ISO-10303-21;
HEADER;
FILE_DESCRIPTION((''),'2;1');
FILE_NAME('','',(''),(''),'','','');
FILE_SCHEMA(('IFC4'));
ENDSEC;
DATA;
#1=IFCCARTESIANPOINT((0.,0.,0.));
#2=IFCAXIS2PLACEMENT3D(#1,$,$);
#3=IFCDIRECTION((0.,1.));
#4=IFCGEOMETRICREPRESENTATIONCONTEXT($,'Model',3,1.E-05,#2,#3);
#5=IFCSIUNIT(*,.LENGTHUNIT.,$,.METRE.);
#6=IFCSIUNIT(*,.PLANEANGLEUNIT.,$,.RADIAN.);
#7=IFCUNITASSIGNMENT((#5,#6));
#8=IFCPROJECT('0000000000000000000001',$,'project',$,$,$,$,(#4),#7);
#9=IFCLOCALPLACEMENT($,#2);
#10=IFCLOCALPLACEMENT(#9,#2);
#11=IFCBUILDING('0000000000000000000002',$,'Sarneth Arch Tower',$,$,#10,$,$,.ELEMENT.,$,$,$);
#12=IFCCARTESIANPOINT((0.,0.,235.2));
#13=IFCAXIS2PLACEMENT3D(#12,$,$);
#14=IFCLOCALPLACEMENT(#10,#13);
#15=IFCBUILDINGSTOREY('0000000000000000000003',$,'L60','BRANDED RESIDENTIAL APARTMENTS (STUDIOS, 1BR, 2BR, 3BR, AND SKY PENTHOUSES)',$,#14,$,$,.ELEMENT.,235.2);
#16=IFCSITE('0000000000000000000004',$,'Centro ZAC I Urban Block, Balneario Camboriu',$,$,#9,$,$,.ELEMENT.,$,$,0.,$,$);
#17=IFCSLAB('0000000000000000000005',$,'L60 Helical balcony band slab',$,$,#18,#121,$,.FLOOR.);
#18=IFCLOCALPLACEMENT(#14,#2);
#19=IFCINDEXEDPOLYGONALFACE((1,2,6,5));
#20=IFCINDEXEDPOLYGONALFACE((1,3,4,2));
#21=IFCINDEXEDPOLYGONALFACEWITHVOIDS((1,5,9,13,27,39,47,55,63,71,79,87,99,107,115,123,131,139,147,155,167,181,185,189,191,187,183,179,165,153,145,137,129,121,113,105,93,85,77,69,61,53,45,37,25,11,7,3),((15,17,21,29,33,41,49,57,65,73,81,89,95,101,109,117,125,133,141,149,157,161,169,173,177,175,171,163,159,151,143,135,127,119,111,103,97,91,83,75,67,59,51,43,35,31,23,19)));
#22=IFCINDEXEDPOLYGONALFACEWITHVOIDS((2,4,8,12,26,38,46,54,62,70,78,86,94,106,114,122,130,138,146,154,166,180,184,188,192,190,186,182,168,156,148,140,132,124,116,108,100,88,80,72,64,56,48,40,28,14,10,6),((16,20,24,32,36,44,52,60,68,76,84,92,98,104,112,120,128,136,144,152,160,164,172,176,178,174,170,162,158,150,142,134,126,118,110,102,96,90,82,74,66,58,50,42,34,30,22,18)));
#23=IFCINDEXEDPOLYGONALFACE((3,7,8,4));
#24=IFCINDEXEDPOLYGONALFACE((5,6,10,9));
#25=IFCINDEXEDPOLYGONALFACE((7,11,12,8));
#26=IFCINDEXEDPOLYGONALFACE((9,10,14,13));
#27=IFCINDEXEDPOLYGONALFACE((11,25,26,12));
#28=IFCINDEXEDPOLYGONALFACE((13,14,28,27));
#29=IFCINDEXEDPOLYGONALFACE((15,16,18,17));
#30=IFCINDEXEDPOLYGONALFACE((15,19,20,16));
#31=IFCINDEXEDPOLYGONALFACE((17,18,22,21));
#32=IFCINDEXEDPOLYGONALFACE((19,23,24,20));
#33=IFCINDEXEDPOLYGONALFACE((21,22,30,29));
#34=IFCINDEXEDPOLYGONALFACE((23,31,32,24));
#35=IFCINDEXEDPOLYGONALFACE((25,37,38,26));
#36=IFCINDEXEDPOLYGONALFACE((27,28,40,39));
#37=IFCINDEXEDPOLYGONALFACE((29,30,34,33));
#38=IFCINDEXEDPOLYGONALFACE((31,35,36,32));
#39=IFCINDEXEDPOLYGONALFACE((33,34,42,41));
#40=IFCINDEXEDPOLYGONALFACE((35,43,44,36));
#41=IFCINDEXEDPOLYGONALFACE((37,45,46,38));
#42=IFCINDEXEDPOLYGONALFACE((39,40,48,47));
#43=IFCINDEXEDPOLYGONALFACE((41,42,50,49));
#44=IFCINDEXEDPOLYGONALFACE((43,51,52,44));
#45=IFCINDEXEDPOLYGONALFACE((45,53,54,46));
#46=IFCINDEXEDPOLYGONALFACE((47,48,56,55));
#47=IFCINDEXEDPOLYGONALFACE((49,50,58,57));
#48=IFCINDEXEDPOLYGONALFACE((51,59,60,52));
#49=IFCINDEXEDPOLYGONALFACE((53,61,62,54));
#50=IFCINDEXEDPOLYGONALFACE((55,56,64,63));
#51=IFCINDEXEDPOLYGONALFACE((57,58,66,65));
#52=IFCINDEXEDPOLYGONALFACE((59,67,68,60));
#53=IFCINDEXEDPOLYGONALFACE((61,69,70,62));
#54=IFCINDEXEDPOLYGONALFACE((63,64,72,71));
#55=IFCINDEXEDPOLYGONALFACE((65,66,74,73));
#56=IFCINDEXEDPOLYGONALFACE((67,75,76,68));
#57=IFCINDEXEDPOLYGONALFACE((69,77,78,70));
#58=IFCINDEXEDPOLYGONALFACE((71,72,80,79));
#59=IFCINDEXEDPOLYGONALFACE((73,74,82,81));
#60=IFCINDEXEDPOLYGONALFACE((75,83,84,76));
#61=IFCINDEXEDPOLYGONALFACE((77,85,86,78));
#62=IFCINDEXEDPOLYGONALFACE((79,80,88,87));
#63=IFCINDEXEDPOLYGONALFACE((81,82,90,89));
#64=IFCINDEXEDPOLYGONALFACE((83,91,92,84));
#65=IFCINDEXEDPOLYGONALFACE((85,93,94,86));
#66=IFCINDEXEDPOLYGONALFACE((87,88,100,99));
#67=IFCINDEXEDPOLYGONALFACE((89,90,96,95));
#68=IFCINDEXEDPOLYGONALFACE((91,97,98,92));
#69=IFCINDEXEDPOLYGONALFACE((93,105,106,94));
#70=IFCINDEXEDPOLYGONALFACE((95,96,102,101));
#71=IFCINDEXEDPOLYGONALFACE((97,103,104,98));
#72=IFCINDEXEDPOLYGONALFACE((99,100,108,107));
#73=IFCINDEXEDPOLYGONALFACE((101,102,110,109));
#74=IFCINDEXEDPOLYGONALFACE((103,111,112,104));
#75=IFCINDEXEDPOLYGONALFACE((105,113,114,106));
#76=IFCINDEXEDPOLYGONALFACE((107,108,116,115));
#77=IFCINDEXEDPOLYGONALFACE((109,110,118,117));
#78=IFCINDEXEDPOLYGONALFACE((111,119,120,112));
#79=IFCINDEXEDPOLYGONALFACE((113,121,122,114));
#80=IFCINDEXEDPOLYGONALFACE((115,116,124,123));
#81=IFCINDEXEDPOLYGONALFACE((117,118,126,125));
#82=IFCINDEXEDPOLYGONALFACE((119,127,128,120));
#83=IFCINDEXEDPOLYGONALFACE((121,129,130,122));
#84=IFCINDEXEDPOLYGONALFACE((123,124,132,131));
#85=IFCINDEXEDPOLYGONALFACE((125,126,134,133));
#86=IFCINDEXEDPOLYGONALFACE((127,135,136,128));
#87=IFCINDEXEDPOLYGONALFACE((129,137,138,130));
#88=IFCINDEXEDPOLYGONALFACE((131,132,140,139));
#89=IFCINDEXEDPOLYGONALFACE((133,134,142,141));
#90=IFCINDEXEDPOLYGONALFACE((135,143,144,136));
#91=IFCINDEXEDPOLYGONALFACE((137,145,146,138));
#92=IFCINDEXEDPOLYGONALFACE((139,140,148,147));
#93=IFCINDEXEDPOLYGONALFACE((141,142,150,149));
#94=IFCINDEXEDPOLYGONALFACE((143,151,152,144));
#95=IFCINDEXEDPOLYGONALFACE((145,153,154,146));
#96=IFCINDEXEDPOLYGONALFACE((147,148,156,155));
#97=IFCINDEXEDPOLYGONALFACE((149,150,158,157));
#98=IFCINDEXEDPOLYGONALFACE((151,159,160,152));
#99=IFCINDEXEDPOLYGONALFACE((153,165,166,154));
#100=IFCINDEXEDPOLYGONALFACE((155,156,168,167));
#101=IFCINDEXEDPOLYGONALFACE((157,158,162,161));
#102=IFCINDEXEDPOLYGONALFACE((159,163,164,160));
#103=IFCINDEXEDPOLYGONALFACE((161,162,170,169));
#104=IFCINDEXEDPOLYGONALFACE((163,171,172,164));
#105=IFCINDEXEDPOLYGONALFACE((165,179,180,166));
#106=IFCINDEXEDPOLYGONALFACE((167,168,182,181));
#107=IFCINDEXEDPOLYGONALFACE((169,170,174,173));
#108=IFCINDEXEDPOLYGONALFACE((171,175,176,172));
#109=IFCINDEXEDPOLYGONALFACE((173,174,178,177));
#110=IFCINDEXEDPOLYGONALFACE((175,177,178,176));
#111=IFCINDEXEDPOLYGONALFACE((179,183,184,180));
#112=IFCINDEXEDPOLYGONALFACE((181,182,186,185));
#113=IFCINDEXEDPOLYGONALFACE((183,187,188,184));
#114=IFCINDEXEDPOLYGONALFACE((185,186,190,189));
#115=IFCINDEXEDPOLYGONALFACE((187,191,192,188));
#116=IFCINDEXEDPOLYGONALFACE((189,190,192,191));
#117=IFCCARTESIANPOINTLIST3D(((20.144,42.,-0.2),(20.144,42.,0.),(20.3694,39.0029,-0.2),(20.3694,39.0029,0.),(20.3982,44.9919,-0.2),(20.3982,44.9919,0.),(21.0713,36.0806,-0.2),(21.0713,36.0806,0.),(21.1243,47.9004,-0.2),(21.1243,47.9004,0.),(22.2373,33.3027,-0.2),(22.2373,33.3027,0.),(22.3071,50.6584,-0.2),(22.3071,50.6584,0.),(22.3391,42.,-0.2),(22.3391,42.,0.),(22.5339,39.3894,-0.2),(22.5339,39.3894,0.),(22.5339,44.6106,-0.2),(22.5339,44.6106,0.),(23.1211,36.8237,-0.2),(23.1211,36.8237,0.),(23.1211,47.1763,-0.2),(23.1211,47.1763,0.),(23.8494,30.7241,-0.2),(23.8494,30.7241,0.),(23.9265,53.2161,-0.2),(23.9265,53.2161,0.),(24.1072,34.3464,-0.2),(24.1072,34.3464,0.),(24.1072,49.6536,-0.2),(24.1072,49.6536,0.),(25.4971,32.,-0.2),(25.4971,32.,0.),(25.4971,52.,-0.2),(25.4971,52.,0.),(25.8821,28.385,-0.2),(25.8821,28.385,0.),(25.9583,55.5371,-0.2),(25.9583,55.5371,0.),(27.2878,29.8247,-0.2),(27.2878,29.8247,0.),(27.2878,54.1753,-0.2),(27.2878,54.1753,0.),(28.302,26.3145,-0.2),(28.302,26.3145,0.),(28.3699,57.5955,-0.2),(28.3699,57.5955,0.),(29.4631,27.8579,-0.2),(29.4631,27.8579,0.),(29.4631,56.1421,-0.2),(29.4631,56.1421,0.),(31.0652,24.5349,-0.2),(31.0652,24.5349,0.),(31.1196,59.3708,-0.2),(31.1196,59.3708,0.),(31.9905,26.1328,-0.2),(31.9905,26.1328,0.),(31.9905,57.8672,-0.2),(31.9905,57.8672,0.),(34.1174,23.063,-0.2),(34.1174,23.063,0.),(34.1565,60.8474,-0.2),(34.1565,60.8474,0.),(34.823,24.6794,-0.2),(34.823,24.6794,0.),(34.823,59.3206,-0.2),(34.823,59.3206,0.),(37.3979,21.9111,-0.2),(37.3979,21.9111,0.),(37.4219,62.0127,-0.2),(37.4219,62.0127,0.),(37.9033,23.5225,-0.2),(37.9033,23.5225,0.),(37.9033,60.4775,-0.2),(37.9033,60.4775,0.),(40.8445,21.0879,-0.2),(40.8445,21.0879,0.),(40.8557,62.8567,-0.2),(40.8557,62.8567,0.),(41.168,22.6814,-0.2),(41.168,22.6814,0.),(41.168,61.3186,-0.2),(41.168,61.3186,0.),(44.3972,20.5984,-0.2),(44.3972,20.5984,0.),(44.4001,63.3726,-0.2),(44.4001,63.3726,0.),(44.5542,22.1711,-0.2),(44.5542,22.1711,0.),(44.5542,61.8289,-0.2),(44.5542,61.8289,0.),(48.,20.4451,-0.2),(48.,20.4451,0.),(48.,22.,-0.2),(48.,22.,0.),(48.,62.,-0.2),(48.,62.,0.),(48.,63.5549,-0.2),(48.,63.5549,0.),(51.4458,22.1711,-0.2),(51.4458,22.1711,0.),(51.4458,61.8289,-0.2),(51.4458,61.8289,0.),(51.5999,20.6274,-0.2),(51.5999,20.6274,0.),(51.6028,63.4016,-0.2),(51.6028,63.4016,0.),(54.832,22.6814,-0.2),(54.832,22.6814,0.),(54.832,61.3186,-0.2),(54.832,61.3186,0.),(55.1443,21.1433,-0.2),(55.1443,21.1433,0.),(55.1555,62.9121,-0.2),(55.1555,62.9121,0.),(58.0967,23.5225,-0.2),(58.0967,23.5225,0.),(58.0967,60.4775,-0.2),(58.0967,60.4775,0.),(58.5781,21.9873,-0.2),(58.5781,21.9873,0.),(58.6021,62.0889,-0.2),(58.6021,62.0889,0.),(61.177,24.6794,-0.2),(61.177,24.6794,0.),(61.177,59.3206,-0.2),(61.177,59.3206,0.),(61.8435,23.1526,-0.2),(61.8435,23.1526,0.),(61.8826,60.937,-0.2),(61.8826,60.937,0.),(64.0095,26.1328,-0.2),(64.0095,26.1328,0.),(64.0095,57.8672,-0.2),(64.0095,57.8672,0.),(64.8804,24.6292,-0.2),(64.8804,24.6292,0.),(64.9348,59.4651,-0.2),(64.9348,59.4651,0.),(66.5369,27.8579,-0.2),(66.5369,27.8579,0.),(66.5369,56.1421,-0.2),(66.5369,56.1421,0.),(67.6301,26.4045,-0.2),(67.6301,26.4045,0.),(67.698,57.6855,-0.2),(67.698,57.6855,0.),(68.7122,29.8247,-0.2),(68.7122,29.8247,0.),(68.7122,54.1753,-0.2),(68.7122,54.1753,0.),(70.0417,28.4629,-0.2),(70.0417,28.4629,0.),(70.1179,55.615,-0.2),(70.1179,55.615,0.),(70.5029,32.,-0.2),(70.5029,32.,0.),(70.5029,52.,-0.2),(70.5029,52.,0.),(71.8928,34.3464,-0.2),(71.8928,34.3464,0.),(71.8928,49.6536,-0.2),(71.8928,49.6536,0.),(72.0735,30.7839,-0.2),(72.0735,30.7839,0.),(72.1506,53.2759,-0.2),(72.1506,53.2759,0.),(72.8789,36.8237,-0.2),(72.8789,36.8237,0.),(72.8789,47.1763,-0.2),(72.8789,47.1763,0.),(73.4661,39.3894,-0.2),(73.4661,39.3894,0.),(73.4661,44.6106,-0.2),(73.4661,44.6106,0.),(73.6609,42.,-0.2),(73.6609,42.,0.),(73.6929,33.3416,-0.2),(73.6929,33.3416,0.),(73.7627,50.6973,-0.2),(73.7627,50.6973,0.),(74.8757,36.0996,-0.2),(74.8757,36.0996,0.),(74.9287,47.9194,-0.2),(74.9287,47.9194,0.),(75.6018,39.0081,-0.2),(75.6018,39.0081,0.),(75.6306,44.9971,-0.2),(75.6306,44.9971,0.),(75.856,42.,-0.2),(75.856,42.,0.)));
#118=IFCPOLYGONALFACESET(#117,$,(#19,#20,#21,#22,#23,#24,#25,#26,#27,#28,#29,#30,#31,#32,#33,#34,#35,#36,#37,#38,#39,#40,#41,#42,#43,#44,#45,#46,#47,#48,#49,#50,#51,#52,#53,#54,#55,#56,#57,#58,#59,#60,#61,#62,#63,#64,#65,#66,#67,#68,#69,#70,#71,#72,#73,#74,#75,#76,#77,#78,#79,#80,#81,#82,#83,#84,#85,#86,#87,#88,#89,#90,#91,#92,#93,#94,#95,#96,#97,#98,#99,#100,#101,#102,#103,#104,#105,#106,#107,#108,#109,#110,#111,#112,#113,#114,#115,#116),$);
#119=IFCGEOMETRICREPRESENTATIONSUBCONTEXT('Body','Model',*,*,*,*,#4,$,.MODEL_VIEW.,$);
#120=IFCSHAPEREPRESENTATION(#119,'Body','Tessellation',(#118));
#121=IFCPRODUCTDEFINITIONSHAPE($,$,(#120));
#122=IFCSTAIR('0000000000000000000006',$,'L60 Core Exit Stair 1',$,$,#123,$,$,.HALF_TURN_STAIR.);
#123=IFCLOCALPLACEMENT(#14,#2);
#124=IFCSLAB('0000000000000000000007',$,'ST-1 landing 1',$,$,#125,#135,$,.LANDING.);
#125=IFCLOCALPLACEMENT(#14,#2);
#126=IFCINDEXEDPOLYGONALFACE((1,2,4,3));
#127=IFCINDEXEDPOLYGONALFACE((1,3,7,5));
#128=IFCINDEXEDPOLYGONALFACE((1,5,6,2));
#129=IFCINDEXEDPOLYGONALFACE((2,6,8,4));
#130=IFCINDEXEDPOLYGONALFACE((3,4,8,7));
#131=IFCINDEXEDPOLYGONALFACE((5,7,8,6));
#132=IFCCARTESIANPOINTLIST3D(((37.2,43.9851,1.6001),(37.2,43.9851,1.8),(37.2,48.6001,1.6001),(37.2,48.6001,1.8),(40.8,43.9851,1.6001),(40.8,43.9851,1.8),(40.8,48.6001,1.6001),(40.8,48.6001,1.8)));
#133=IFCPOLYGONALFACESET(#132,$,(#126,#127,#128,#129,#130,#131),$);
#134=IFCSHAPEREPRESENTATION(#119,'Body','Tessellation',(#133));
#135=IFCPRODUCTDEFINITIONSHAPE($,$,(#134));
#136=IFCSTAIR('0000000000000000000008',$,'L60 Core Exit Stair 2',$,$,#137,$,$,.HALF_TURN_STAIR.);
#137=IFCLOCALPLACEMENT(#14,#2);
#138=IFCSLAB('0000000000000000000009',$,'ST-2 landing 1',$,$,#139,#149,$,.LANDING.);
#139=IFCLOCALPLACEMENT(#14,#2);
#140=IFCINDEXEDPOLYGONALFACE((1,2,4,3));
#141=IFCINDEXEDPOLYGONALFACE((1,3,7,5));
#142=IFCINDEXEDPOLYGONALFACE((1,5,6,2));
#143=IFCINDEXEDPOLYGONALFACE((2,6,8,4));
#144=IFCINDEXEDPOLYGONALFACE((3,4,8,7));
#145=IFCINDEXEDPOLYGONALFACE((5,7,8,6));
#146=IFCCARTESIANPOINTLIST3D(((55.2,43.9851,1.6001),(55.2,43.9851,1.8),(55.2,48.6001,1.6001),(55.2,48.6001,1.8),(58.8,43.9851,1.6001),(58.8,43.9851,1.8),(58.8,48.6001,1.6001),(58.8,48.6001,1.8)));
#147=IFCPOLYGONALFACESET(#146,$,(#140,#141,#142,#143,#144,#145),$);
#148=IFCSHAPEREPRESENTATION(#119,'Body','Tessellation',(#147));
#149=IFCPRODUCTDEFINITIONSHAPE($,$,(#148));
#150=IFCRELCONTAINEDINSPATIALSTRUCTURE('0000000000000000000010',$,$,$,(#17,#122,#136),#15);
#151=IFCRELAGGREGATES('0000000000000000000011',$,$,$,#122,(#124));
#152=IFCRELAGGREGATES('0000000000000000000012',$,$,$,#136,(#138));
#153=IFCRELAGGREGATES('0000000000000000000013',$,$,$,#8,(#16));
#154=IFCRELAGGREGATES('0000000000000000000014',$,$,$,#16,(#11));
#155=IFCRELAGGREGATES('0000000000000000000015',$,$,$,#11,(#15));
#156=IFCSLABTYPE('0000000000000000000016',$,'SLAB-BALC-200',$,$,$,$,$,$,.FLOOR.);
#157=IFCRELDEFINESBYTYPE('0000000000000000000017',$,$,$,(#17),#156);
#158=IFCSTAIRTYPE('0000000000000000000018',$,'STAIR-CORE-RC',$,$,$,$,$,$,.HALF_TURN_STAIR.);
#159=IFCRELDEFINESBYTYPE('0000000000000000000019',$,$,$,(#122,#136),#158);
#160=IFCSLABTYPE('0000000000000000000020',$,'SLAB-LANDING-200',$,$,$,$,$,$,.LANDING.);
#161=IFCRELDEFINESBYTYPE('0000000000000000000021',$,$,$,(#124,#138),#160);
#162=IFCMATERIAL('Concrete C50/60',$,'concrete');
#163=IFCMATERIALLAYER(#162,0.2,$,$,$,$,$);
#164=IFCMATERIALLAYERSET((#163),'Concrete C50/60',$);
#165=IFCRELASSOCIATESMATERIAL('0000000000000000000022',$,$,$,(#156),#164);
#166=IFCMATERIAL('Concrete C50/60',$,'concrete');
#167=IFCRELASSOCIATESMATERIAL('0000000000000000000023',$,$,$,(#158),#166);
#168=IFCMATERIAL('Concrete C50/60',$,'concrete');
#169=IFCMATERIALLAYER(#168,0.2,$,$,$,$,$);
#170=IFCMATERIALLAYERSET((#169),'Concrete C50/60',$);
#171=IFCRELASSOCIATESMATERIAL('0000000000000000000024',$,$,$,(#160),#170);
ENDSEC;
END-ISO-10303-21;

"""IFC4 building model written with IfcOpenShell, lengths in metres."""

from ifc_helpers import new_model, si_unit, direction, frame, origin, place, context, subcontext, project, spatial, polyline, outline, extrude, material, layer, layer_set, type_object, element, aggregate, save


model = new_model("IFC4")

# Units and contexts
model_context = context("Model", 3, precision=1e-05, world=origin(), true_north=direction((0.0, 1.0)))
body_context = subcontext(model_context, "Body", "Model", "MODEL_VIEW")
ifc_project = project(units=[si_unit("LENGTHUNIT", "METRE"), si_unit("PLANEANGLEUNIT", "RADIAN")], contexts=[model_context])

# Site, building, storey
site_placement = place(None, origin())
site = spatial("IfcSite", under=ifc_project, at=site_placement, Name="Centro ZAC I Urban Block, Balneario Camboriu", CompositionType="ELEMENT", RefElevation=0.0)
building_placement = place(site_placement, origin())
building = spatial("IfcBuilding", under=site, at=building_placement, Name="Sarneth Arch Tower", CompositionType="ELEMENT")
storey_placement = place(building_placement, frame((0.0, 0.0, 235.2)))
storey = spatial("IfcBuildingStorey", under=building, at=storey_placement, Name="L60", Description="BRANDED RESIDENTIAL APARTMENTS (STUDIOS, 1BR, 2BR, 3BR, AND SKY PENTHOUSES)", CompositionType="ELEMENT", Elevation=235.2)

# Slab
ifc_material_1 = material(Name="Concrete C50/60", Category="concrete")
ifc_layer_1 = layer(ifc_material_1, 0.2)
ifc_layer_set_1 = layer_set([ifc_layer_1], Name="Concrete C50/60")
slab_type_1 = type_object("IfcSlabType", Name="SLAB-BALC-200", PredefinedType="FLOOR", material=ifc_layer_set_1)
slab_1_placement = place(storey_placement, frame((0.0, 0.0, -0.2)))
element("IfcSlab", 1, at=slab_1_placement, inside=storey, type_object=slab_type_1, Name="L60 Helical balcony band slab", PredefinedType="FLOOR", context=body_context, shape_type="SweptSolid", body=[
    extrude(outline(polyline([(75.856, 42.0), (75.6306, 44.9971), (74.9287, 47.9194), (73.7627, 50.6973), (72.1506, 53.2759), (70.1179, 55.615), (67.698, 57.6855), (64.9348, 59.4651), (61.8826, 60.937), (58.6021, 62.0889), (55.1555, 62.9121), (51.6028, 63.4016), (48.0, 63.5549), (44.4001, 63.3726), (40.8557, 62.8567), (37.4219, 62.0127), (34.1565, 60.8474), (31.1196, 59.3708), (28.3699, 57.5955), (25.9583, 55.5371), (23.9265, 53.2161), (22.3071, 50.6584), (21.1243, 47.9004), (20.3982, 44.9919), (20.144, 42.0), (20.3694, 39.0029), (21.0713, 36.0806), (22.2373, 33.3027), (23.8494, 30.7241), (25.8821, 28.385), (28.302, 26.3145), (31.0652, 24.5349), (34.1174, 23.063), (37.3979, 21.9111), (40.8445, 21.0879), (44.3972, 20.5984), (48.0, 20.4451), (51.5999, 20.6274), (55.1443, 21.1433), (58.5781, 21.9873), (61.8435, 23.1526), (64.8804, 24.6292), (67.6301, 26.4045), (70.0417, 28.4629), (72.0735, 30.7839), (73.6929, 33.3416), (74.8757, 36.0996), (75.6018, 39.0081), (75.856, 42.0)]), holes=[polyline([(73.6609, 42.0), (73.4661, 44.6106), (72.8789, 47.1763), (71.8928, 49.6536), (70.5029, 52.0), (68.7122, 54.1753), (66.5369, 56.1421), (64.0095, 57.8672), (61.177, 59.3206), (58.0967, 60.4775), (54.832, 61.3186), (51.4458, 61.8289), (48.0, 62.0), (44.5542, 61.8289), (41.168, 61.3186), (37.9033, 60.4775), (34.823, 59.3206), (31.9905, 57.8672), (29.4631, 56.1421), (27.2878, 54.1753), (25.4971, 52.0), (24.1072, 49.6536), (23.1211, 47.1763), (22.5339, 44.6106), (22.3391, 42.0), (22.5339, 39.3894), (23.1211, 36.8237), (24.1072, 34.3464), (25.4971, 32.0), (27.2878, 29.8247), (29.4631, 27.8579), (31.9905, 26.1328), (34.823, 24.6794), (37.9033, 23.5225), (41.168, 22.6814), (44.5542, 22.1711), (48.0, 22.0), (51.4458, 22.1711), (54.832, 22.6814), (58.0967, 23.5225), (61.177, 24.6794), (64.0095, 26.1328), (66.5369, 27.8579), (68.7122, 29.8247), (70.5029, 32.0), (71.8928, 34.3464), (72.8789, 36.8237), (73.4661, 39.3894), (73.6609, 42.0)])]), origin(), (0.0, 0.0, 1.0), 0.2),
])

# Stairs, slabs
ifc_material_2 = material(Name="Concrete C50/60", Category="concrete")
stair_type = type_object("IfcStairType", Name="STAIR-CORE-RC", PredefinedType="HALF_TURN_STAIR", material=ifc_material_2)
stair_1_placement = place(storey_placement, origin())
stair_1 = element("IfcStair", 2, at=stair_1_placement, inside=storey, type_object=stair_type, Name="L60 Core Exit Stair 1", PredefinedType="HALF_TURN_STAIR")
ifc_material_3 = material(Name="Concrete C50/60", Category="concrete")
ifc_layer_2 = layer(ifc_material_3, 0.2)
ifc_layer_set_2 = layer_set([ifc_layer_2], Name="Concrete C50/60")
slab_type_2 = type_object("IfcSlabType", Name="SLAB-LANDING-200", PredefinedType="LANDING", material=ifc_layer_set_2)
slab_2_placement = place(storey_placement, frame((0.0, 0.0, 1.6001)))
slab_2 = element("IfcSlab", 3, at=slab_2_placement, type_object=slab_type_2, Name="ST-1 landing 1", PredefinedType="LANDING", context=body_context, shape_type="SweptSolid", body=[
    extrude(outline(polyline([(37.2, 43.9851), (40.8, 43.9851), (40.8, 48.6001), (37.2, 48.6001), (37.2, 43.9851)])), origin(), (0.0, 0.0, 1.0), 0.2),
])
aggregate(stair_1, [slab_2])
stair_2_placement = place(storey_placement, origin())
stair_2 = element("IfcStair", 4, at=stair_2_placement, inside=storey, type_object=stair_type, Name="L60 Core Exit Stair 2", PredefinedType="HALF_TURN_STAIR")
slab_3_placement = place(storey_placement, frame((0.0, 0.0, 1.6001)))
slab_3 = element("IfcSlab", 5, at=slab_3_placement, type_object=slab_type_2, Name="ST-2 landing 1", PredefinedType="LANDING", context=body_context, shape_type="SweptSolid", body=[
    extrude(outline(polyline([(55.2, 43.9851), (58.8, 43.9851), (58.8, 48.6001), (55.2, 48.6001), (55.2, 43.9851)])), origin(), (0.0, 0.0, 1.0), 0.2),
])
aggregate(stair_2, [slab_3])

save(model, "model.ifc")
